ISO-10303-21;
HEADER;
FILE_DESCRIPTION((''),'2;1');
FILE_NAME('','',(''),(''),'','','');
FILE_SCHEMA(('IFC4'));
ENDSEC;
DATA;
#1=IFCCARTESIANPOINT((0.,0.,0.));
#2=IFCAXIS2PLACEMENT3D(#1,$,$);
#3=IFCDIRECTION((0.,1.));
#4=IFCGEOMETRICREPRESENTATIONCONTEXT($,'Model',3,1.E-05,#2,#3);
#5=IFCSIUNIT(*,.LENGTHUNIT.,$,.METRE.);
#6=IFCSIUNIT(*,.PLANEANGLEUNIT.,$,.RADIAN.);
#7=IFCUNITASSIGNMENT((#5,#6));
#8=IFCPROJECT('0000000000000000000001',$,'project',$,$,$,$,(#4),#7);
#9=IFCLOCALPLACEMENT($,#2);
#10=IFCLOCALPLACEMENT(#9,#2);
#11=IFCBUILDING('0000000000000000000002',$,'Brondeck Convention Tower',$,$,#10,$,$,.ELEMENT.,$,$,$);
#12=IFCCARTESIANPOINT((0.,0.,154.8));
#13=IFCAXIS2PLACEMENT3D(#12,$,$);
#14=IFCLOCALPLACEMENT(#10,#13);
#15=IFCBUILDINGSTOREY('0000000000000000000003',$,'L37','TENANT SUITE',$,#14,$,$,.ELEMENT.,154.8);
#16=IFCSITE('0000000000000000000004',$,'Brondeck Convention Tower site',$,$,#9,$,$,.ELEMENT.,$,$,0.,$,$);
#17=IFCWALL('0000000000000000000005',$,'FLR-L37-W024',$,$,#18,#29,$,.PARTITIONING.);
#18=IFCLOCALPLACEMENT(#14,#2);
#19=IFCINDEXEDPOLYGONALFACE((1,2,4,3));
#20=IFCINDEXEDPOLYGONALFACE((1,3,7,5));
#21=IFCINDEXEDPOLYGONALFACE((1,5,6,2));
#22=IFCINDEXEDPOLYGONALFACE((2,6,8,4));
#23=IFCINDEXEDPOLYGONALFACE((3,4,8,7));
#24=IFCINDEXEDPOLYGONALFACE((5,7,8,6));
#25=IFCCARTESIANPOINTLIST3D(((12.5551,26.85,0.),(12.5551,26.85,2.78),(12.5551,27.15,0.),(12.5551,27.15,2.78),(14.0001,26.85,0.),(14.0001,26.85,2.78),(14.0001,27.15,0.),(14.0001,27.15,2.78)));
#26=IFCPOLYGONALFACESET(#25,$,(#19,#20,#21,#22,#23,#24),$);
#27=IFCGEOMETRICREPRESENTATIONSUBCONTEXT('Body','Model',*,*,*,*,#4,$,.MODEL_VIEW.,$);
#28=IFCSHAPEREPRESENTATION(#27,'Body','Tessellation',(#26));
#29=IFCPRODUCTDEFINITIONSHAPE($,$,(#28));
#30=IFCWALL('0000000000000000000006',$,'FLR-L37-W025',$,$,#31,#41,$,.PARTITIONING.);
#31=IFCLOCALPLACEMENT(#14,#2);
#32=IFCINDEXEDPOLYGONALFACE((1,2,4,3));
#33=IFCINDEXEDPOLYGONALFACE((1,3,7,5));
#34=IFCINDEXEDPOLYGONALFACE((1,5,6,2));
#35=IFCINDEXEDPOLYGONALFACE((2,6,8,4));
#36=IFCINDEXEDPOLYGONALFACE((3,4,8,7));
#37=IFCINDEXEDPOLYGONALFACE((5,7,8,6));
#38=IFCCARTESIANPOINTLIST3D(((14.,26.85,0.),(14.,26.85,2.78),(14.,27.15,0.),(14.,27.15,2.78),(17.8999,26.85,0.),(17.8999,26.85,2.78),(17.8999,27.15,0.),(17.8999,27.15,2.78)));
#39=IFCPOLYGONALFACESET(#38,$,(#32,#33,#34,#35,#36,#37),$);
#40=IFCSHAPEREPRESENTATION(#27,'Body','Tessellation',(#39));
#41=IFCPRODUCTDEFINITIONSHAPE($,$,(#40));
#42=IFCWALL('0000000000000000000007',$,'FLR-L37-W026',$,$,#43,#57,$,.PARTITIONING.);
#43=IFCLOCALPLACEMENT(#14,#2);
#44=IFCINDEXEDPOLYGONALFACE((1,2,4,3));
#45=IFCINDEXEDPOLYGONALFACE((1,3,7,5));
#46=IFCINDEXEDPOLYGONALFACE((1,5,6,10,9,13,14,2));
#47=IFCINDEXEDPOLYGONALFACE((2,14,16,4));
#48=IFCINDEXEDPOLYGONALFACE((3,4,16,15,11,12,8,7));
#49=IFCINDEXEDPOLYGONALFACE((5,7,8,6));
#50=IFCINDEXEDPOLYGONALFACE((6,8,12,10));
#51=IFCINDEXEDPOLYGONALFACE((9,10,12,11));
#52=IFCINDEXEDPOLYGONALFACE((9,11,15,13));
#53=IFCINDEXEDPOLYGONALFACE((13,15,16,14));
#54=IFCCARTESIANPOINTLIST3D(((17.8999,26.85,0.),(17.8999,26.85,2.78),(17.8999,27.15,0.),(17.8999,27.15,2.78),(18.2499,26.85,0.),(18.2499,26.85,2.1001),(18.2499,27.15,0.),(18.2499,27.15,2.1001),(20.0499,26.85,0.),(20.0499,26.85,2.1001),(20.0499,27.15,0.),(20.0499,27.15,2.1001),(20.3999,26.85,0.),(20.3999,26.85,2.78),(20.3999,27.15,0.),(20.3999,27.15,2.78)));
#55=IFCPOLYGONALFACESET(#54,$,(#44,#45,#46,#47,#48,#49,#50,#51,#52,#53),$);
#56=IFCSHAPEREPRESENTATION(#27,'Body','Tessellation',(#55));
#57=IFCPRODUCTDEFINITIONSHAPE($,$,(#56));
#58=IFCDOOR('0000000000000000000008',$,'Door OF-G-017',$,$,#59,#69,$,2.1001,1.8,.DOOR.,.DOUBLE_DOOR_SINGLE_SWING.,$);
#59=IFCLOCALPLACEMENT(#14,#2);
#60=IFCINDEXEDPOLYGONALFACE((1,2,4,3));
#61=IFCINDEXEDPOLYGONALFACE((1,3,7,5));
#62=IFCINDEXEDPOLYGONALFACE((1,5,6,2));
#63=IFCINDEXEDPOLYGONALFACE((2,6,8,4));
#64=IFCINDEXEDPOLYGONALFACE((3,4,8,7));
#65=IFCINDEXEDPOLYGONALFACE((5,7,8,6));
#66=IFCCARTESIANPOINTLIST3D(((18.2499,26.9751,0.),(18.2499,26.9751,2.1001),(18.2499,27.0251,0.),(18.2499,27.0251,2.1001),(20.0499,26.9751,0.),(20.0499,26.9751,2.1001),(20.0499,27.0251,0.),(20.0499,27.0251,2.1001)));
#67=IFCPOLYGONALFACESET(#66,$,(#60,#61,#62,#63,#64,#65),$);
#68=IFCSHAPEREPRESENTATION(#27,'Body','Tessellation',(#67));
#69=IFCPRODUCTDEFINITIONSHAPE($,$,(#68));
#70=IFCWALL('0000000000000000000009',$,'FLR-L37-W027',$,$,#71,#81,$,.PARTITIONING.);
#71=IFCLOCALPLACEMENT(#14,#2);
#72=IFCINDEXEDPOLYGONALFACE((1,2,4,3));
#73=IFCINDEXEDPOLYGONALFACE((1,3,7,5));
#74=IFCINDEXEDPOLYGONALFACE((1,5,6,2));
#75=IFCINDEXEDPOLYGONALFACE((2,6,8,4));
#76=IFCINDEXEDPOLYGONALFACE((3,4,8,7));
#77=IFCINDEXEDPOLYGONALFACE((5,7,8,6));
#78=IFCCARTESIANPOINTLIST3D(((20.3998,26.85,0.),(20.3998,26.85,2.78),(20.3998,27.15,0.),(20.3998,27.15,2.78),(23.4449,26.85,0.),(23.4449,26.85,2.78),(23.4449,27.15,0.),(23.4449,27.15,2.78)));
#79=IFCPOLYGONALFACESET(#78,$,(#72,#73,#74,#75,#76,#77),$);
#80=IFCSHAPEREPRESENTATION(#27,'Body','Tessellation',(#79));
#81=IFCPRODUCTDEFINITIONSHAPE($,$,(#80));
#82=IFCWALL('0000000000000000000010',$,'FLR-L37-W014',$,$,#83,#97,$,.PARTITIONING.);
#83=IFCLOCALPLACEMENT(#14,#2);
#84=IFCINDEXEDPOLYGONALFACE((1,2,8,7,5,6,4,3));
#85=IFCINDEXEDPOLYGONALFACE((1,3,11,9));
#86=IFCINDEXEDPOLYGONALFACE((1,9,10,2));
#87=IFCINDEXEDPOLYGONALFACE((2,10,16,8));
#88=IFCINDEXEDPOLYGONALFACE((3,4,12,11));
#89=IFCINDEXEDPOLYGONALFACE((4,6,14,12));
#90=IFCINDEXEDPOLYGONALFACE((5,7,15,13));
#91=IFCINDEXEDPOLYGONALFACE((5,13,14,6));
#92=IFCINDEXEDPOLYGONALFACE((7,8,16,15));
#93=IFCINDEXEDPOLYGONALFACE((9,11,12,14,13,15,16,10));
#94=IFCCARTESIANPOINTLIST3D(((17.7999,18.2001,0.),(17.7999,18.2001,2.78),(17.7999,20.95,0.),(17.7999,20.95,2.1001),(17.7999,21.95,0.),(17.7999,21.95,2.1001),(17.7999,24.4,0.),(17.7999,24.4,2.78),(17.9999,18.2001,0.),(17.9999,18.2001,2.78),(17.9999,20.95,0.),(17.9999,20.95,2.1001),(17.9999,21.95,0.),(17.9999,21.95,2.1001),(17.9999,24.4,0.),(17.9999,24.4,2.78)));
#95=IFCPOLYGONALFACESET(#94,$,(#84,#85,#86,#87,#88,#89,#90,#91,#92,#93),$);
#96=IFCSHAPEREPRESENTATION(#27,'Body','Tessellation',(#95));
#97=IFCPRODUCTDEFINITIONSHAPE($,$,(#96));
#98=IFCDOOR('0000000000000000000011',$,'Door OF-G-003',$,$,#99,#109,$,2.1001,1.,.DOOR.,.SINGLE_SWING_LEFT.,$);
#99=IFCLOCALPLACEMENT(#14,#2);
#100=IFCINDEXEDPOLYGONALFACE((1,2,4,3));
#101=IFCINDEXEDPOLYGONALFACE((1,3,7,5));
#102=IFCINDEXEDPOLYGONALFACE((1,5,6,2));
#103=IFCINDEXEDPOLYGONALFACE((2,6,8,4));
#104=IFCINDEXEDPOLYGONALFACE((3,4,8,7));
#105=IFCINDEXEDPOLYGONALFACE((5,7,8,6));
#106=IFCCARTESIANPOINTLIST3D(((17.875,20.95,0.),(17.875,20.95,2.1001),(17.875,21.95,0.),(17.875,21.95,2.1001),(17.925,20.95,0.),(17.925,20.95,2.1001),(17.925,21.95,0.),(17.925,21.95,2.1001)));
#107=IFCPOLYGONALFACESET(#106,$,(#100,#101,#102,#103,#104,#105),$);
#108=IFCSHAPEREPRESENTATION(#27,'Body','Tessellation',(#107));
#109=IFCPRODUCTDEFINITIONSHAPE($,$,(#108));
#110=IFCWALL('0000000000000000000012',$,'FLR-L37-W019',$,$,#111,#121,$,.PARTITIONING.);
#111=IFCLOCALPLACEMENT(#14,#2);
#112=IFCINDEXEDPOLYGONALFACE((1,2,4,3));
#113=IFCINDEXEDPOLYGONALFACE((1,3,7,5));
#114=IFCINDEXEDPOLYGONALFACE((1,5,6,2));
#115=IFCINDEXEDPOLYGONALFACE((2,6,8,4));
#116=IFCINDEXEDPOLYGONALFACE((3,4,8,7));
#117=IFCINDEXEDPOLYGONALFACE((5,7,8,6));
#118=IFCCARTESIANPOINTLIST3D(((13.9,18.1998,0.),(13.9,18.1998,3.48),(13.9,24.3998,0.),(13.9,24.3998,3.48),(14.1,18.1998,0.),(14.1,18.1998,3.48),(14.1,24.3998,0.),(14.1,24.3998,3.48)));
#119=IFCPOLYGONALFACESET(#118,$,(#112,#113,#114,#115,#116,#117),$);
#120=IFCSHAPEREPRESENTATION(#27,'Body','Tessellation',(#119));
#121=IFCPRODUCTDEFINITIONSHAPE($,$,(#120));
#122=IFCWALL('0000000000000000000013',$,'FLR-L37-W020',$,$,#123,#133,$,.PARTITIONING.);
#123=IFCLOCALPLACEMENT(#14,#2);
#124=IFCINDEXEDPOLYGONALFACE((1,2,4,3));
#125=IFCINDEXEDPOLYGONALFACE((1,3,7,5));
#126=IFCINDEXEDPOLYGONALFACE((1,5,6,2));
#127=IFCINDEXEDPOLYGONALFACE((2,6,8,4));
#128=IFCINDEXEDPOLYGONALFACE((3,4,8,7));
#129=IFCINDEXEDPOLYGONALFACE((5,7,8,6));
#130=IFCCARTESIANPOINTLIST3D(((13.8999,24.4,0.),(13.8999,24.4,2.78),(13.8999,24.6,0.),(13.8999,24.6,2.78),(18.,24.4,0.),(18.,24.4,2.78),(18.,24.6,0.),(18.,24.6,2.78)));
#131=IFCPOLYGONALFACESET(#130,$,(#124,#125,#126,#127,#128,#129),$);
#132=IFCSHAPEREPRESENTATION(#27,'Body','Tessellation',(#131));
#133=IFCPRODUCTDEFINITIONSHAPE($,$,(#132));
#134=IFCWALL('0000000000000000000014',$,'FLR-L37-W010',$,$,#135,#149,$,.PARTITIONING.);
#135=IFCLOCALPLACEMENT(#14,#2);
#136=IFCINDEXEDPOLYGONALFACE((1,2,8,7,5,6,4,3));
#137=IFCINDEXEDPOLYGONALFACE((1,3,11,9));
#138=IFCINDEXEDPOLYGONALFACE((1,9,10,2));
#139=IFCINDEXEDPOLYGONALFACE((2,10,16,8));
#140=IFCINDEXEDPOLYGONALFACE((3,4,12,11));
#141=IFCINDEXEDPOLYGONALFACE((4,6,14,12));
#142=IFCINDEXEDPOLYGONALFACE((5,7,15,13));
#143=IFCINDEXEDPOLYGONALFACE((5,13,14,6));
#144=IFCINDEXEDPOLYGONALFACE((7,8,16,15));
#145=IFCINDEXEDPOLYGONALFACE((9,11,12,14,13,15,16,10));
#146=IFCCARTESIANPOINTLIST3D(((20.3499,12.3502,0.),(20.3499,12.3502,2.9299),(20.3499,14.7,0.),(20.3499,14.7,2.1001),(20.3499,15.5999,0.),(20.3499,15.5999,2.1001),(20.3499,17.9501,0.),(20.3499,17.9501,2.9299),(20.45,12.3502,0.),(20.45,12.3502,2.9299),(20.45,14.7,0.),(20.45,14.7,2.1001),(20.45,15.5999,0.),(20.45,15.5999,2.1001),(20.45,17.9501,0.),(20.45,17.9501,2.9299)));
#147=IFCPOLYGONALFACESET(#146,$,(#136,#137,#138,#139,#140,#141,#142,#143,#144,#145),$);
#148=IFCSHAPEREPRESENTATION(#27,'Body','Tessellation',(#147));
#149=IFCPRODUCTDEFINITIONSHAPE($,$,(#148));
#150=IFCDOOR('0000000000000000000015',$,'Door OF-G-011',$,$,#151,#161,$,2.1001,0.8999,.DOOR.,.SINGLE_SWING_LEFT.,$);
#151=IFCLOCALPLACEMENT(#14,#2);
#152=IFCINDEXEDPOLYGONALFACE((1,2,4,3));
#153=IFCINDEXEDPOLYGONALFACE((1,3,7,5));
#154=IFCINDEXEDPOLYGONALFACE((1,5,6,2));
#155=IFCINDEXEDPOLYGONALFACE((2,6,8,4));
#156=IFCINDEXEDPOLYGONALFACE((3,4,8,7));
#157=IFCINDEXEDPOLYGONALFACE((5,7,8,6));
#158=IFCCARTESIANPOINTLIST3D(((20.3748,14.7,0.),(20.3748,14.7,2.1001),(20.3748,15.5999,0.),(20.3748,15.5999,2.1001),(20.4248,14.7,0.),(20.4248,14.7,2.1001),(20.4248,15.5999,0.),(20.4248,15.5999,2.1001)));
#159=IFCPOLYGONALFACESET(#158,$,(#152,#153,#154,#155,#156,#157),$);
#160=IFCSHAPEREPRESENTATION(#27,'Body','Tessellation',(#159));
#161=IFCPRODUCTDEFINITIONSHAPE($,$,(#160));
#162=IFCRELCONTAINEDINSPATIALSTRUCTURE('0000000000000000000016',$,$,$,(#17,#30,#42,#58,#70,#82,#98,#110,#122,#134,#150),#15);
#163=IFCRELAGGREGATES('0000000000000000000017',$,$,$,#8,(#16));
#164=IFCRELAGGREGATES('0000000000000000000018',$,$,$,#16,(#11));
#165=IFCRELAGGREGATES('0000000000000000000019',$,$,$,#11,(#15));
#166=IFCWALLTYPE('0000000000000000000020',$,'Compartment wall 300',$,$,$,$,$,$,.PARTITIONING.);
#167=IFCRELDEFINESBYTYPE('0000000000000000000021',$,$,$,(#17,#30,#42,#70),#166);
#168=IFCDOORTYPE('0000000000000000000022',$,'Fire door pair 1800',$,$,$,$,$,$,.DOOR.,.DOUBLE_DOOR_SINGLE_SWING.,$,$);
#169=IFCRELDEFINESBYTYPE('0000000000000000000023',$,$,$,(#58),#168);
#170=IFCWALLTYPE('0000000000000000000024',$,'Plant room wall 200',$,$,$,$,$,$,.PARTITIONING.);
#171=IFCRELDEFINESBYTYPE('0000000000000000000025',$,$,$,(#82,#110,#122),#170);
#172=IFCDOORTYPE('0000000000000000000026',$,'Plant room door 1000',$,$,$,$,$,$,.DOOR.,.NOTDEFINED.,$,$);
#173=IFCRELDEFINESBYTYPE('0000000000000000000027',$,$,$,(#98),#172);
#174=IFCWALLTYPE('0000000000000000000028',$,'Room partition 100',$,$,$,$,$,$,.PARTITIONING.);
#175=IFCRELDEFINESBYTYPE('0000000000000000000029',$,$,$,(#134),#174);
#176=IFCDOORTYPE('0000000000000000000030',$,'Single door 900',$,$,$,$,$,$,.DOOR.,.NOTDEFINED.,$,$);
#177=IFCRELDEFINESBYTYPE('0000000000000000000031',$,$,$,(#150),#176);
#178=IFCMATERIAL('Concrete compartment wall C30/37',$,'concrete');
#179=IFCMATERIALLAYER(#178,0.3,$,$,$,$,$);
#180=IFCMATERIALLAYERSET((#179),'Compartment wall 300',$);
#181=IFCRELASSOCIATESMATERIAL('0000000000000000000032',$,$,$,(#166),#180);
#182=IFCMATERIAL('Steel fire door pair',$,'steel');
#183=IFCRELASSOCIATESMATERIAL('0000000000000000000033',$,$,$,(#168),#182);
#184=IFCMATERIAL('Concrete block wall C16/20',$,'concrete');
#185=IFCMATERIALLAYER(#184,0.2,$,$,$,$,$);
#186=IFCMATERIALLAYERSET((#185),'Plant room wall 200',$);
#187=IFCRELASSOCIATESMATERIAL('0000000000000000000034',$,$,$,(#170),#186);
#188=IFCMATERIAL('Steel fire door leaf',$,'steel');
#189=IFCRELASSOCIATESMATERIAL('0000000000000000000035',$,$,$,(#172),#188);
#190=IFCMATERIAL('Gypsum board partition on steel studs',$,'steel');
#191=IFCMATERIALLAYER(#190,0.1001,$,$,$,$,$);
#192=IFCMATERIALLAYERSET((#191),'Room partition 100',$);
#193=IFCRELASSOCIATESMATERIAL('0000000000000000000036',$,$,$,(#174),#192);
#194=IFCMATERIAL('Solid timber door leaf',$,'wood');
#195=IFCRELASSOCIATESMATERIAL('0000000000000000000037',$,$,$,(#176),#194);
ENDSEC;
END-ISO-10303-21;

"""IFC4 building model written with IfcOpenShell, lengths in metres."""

from ifc_helpers import new_model, si_unit, direction, frame, frame_2d, origin, place, context, subcontext, project, spatial, rectangle, extrude, material, layer, layer_set, type_object, element, fill, save


model = new_model("IFC4")

# Units and contexts
model_context = context("Model", 3, precision=1e-05, world=origin(), true_north=direction((0.0, 1.0)))
body_context = subcontext(model_context, "Body", "Model", "MODEL_VIEW")
ifc_project = project(units=[si_unit("LENGTHUNIT", "METRE"), si_unit("PLANEANGLEUNIT", "RADIAN")], contexts=[model_context])

# Site, building, storey
site_placement = place(None, origin())
site = spatial("IfcSite", under=ifc_project, at=site_placement, Name="Brondeck Convention Tower site", CompositionType="ELEMENT", RefElevation=0.0)
building_placement = place(site_placement, origin())
building = spatial("IfcBuilding", under=site, at=building_placement, Name="Brondeck Convention Tower", CompositionType="ELEMENT")
storey_placement = place(building_placement, frame((0.0, 0.0, 154.8)))
storey = spatial("IfcBuildingStorey", under=building, at=storey_placement, Name="L37", Description="TENANT SUITE", CompositionType="ELEMENT", Elevation=154.8)

# Walls
ifc_material_1 = material(Name="Concrete compartment wall C30/37", Category="concrete")
ifc_layer_1 = layer(ifc_material_1, 0.3)
ifc_layer_set_1 = layer_set([ifc_layer_1], Name="Compartment wall 300")
wall_type_1 = type_object("IfcWallType", Name="Compartment wall 300", PredefinedType="PARTITIONING", material=ifc_layer_set_1)
wall_1_placement = place(storey_placement, frame((12.5549, 27.0, 0.0), z_axis=(0.0, 0.0, 1.0), x_axis=(1.0, 0.0, 0.0)))
element("IfcWall", 1, at=wall_1_placement, inside=storey, type_object=wall_type_1, Name="FLR-L37-W024", PredefinedType="PARTITIONING", context=body_context, shape_type="SweptSolid", body=[
    extrude(rectangle(XDim=1.4451, YDim=0.3, at=frame_2d((0.7227, 0.0))), origin(), (0.0, 0.0, 1.0), 2.78),
])
wall_2_placement = place(storey_placement, frame((14.0, 27.0, 0.0), z_axis=(0.0, 0.0, 1.0), x_axis=(1.0, 0.0, 0.0)))
element("IfcWall", 2, at=wall_2_placement, inside=storey, type_object=wall_type_1, Name="FLR-L37-W025", PredefinedType="PARTITIONING", context=body_context, shape_type="SweptSolid", body=[
    extrude(rectangle(XDim=3.8999, YDim=0.3, at=frame_2d((1.95, 0.0))), origin(), (0.0, 0.0, 1.0), 2.78),
])

# Wall, opening, door
wall_3_placement = place(storey_placement, frame((20.3999, 27.0, 0.0), z_axis=(0.0, 0.0, 1.0), x_axis=(-1.0, 0.0, 0.0)))
wall_3 = element("IfcWall", 3, at=wall_3_placement, inside=storey, type_object=wall_type_1, Name="FLR-L37-W026", PredefinedType="PARTITIONING", context=body_context, shape_type="SweptSolid", body=[
    extrude(rectangle(XDim=2.5, YDim=0.3, at=frame_2d((1.25, 0.0))), origin(), (0.0, 0.0, 1.0), 2.78),
])
opening_1_placement = place(wall_3_placement, frame((0.3501, 0.0, 0.0)))
opening_1 = element("IfcOpeningElement", 4, at=opening_1_placement, cuts=wall_3, PredefinedType="OPENING", context=body_context, shape_type="SweptSolid", body=[
    extrude(rectangle(XDim=1.8, YDim=2.1001, at=frame_2d((0.8999, 1.05))), frame((0.0, 0.1599, 0.0), z_axis=(0.0, -1.0, 0.0), x_axis=(1.0, 0.0, 0.0)), (0.0, 0.0, 1.0), 0.3201),
])
ifc_material_2 = material(Name="Steel fire door pair", Category="steel")
door_type_1 = type_object("IfcDoorType", Name="Fire door pair 1800", OperationType="DOUBLE_DOOR_SINGLE_SWING", PredefinedType="DOOR", material=ifc_material_2)
door_1_placement = place(opening_1_placement, origin())
door_1 = element("IfcDoor", 5, at=door_1_placement, inside=storey, type_object=door_type_1, Name="Door OF-G-017", OperationType="DOUBLE_DOOR_SINGLE_SWING", OverallHeight=2.1001, OverallWidth=1.8, PredefinedType="DOOR", context=body_context, shape_type="SweptSolid", body=[
    extrude(rectangle(XDim=1.8, YDim=2.1001, at=frame_2d((0.8999, 1.05))), frame((0.0, 0.0249, 0.0), z_axis=(0.0, -1.0, 0.0), x_axis=(1.0, 0.0, 0.0)), (0.0, 0.0, 1.0), 0.05),
])
fill(opening_1, door_1)

# Wall
wall_4_placement = place(storey_placement, frame((20.3999, 27.0, 0.0), z_axis=(0.0, 0.0, 1.0), x_axis=(1.0, 0.0, 0.0)))
element("IfcWall", 6, at=wall_4_placement, inside=storey, type_object=wall_type_1, Name="FLR-L37-W027", PredefinedType="PARTITIONING", context=body_context, shape_type="SweptSolid", body=[
    extrude(rectangle(XDim=3.0452, YDim=0.3, at=frame_2d((1.5225, 0.0))), origin(), (0.0, 0.0, 1.0), 2.78),
])

# Wall, opening, door
ifc_material_3 = material(Name="Concrete block wall C16/20", Category="concrete")
ifc_layer_2 = layer(ifc_material_3, 0.2)
ifc_layer_set_2 = layer_set([ifc_layer_2], Name="Plant room wall 200")
wall_type_2 = type_object("IfcWallType", Name="Plant room wall 200", PredefinedType="PARTITIONING", material=ifc_layer_set_2)
wall_5_placement = place(storey_placement, frame((17.8999, 18.2, 0.0), z_axis=(0.0, 0.0, 1.0), x_axis=(0.0, 1.0, 0.0)))
wall_5 = element("IfcWall", 7, at=wall_5_placement, inside=storey, type_object=wall_type_2, Name="FLR-L37-W014", PredefinedType="PARTITIONING", context=body_context, shape_type="SweptSolid", body=[
    extrude(rectangle(XDim=6.2, YDim=0.2, at=frame_2d((3.1001, 0.0))), origin(), (0.0, 0.0, 1.0), 2.78),
])
opening_2_placement = place(wall_5_placement, frame((2.75, 0.0, 0.0)))
opening_2 = element("IfcOpeningElement", 8, at=opening_2_placement, cuts=wall_5, PredefinedType="OPENING", context=body_context, shape_type="SweptSolid", body=[
    extrude(rectangle(XDim=1.0, YDim=2.1001, at=frame_2d((0.5, 1.05))), frame((0.0, 0.1099, 0.0), z_axis=(0.0, -1.0, 0.0), x_axis=(1.0, 0.0, 0.0)), (0.0, 0.0, 1.0), 0.22),
])
ifc_material_4 = material(Name="Steel fire door leaf", Category="steel")
door_type_2 = type_object("IfcDoorType", Name="Plant room door 1000", OperationType="NOTDEFINED", PredefinedType="DOOR", material=ifc_material_4)
door_2_placement = place(opening_2_placement, origin())
door_2 = element("IfcDoor", 9, at=door_2_placement, inside=storey, type_object=door_type_2, Name="Door OF-G-003", OperationType="SINGLE_SWING_LEFT", OverallHeight=2.1001, OverallWidth=1.0, PredefinedType="DOOR", context=body_context, shape_type="SweptSolid", body=[
    extrude(rectangle(XDim=1.0, YDim=2.1001, at=frame_2d((0.5, 1.05))), frame((0.0, 0.0249, 0.0), z_axis=(0.0, -1.0, 0.0), x_axis=(1.0, 0.0, 0.0)), (0.0, 0.0, 1.0), 0.05),
])
fill(opening_2, door_2)

# Walls
wall_6_placement = place(storey_placement, frame((14.0, 24.3999, 0.0), z_axis=(0.0, 0.0, 1.0), x_axis=(0.0, -1.0, 0.0)))
element("IfcWall", 10, at=wall_6_placement, inside=storey, type_object=wall_type_2, Name="FLR-L37-W019", PredefinedType="PARTITIONING", context=body_context, shape_type="SweptSolid", body=[
    extrude(rectangle(XDim=6.2, YDim=0.2, at=frame_2d((3.1001, 0.0))), origin(), (0.0, 0.0, 1.0), 3.48),
])
wall_7_placement = place(storey_placement, frame((18.0, 24.5, 0.0), z_axis=(0.0, 0.0, 1.0), x_axis=(-1.0, 0.0, 0.0)))
element("IfcWall", 11, at=wall_7_placement, inside=storey, type_object=wall_type_2, Name="FLR-L37-W020", PredefinedType="PARTITIONING", context=body_context, shape_type="SweptSolid", body=[
    extrude(rectangle(XDim=4.1001, YDim=0.2, at=frame_2d((2.05, 0.0))), origin(), (0.0, 0.0, 1.0), 2.78),
])

# Wall, opening, door
ifc_material_5 = material(Name="Gypsum board partition on steel studs", Category="steel")
ifc_layer_3 = layer(ifc_material_5, 0.1001)
ifc_layer_set_3 = layer_set([ifc_layer_3], Name="Room partition 100")
wall_type_3 = type_object("IfcWallType", Name="Room partition 100", PredefinedType="PARTITIONING", material=ifc_layer_set_3)
wall_8_placement = place(storey_placement, frame((20.3999, 17.95, 0.0), z_axis=(0.0, 0.0, 1.0), x_axis=(0.0, -1.0, 0.0)))
wall_8 = element("IfcWall", 12, at=wall_8_placement, inside=storey, type_object=wall_type_3, Name="FLR-L37-W010", PredefinedType="PARTITIONING", context=body_context, shape_type="SweptSolid", body=[
    extrude(rectangle(XDim=5.5999, YDim=0.1001, at=frame_2d((2.7998, 0.0))), origin(), (0.0, 0.0, 1.0), 2.9299),
])
opening_3_placement = place(wall_8_placement, frame((2.3501, 0.0, 0.0)))
opening_3 = element("IfcOpeningElement", 13, at=opening_3_placement, cuts=wall_8, PredefinedType="OPENING", context=body_context, shape_type="SweptSolid", body=[
    extrude(rectangle(XDim=0.8999, YDim=2.1001, at=frame_2d((0.45, 1.05))), frame((0.0, 0.0601, 0.0), z_axis=(0.0, -1.0, 0.0), x_axis=(1.0, 0.0, 0.0)), (0.0, 0.0, 1.0), 0.1201),
])
ifc_material_6 = material(Name="Solid timber door leaf", Category="wood")
door_type_3 = type_object("IfcDoorType", Name="Single door 900", OperationType="NOTDEFINED", PredefinedType="DOOR", material=ifc_material_6)
door_3_placement = place(opening_3_placement, origin())
door_3 = element("IfcDoor", 14, at=door_3_placement, inside=storey, type_object=door_type_3, Name="Door OF-G-011", OperationType="SINGLE_SWING_LEFT", OverallHeight=2.1001, OverallWidth=0.8999, PredefinedType="DOOR", context=body_context, shape_type="SweptSolid", body=[
    extrude(rectangle(XDim=0.8999, YDim=2.1001, at=frame_2d((0.45, 1.05))), frame((0.0, 0.0249, 0.0), z_axis=(0.0, -1.0, 0.0), x_axis=(1.0, 0.0, 0.0)), (0.0, 0.0, 1.0), 0.05),
])
fill(opening_3, door_3)

save(model, "model.ifc")
